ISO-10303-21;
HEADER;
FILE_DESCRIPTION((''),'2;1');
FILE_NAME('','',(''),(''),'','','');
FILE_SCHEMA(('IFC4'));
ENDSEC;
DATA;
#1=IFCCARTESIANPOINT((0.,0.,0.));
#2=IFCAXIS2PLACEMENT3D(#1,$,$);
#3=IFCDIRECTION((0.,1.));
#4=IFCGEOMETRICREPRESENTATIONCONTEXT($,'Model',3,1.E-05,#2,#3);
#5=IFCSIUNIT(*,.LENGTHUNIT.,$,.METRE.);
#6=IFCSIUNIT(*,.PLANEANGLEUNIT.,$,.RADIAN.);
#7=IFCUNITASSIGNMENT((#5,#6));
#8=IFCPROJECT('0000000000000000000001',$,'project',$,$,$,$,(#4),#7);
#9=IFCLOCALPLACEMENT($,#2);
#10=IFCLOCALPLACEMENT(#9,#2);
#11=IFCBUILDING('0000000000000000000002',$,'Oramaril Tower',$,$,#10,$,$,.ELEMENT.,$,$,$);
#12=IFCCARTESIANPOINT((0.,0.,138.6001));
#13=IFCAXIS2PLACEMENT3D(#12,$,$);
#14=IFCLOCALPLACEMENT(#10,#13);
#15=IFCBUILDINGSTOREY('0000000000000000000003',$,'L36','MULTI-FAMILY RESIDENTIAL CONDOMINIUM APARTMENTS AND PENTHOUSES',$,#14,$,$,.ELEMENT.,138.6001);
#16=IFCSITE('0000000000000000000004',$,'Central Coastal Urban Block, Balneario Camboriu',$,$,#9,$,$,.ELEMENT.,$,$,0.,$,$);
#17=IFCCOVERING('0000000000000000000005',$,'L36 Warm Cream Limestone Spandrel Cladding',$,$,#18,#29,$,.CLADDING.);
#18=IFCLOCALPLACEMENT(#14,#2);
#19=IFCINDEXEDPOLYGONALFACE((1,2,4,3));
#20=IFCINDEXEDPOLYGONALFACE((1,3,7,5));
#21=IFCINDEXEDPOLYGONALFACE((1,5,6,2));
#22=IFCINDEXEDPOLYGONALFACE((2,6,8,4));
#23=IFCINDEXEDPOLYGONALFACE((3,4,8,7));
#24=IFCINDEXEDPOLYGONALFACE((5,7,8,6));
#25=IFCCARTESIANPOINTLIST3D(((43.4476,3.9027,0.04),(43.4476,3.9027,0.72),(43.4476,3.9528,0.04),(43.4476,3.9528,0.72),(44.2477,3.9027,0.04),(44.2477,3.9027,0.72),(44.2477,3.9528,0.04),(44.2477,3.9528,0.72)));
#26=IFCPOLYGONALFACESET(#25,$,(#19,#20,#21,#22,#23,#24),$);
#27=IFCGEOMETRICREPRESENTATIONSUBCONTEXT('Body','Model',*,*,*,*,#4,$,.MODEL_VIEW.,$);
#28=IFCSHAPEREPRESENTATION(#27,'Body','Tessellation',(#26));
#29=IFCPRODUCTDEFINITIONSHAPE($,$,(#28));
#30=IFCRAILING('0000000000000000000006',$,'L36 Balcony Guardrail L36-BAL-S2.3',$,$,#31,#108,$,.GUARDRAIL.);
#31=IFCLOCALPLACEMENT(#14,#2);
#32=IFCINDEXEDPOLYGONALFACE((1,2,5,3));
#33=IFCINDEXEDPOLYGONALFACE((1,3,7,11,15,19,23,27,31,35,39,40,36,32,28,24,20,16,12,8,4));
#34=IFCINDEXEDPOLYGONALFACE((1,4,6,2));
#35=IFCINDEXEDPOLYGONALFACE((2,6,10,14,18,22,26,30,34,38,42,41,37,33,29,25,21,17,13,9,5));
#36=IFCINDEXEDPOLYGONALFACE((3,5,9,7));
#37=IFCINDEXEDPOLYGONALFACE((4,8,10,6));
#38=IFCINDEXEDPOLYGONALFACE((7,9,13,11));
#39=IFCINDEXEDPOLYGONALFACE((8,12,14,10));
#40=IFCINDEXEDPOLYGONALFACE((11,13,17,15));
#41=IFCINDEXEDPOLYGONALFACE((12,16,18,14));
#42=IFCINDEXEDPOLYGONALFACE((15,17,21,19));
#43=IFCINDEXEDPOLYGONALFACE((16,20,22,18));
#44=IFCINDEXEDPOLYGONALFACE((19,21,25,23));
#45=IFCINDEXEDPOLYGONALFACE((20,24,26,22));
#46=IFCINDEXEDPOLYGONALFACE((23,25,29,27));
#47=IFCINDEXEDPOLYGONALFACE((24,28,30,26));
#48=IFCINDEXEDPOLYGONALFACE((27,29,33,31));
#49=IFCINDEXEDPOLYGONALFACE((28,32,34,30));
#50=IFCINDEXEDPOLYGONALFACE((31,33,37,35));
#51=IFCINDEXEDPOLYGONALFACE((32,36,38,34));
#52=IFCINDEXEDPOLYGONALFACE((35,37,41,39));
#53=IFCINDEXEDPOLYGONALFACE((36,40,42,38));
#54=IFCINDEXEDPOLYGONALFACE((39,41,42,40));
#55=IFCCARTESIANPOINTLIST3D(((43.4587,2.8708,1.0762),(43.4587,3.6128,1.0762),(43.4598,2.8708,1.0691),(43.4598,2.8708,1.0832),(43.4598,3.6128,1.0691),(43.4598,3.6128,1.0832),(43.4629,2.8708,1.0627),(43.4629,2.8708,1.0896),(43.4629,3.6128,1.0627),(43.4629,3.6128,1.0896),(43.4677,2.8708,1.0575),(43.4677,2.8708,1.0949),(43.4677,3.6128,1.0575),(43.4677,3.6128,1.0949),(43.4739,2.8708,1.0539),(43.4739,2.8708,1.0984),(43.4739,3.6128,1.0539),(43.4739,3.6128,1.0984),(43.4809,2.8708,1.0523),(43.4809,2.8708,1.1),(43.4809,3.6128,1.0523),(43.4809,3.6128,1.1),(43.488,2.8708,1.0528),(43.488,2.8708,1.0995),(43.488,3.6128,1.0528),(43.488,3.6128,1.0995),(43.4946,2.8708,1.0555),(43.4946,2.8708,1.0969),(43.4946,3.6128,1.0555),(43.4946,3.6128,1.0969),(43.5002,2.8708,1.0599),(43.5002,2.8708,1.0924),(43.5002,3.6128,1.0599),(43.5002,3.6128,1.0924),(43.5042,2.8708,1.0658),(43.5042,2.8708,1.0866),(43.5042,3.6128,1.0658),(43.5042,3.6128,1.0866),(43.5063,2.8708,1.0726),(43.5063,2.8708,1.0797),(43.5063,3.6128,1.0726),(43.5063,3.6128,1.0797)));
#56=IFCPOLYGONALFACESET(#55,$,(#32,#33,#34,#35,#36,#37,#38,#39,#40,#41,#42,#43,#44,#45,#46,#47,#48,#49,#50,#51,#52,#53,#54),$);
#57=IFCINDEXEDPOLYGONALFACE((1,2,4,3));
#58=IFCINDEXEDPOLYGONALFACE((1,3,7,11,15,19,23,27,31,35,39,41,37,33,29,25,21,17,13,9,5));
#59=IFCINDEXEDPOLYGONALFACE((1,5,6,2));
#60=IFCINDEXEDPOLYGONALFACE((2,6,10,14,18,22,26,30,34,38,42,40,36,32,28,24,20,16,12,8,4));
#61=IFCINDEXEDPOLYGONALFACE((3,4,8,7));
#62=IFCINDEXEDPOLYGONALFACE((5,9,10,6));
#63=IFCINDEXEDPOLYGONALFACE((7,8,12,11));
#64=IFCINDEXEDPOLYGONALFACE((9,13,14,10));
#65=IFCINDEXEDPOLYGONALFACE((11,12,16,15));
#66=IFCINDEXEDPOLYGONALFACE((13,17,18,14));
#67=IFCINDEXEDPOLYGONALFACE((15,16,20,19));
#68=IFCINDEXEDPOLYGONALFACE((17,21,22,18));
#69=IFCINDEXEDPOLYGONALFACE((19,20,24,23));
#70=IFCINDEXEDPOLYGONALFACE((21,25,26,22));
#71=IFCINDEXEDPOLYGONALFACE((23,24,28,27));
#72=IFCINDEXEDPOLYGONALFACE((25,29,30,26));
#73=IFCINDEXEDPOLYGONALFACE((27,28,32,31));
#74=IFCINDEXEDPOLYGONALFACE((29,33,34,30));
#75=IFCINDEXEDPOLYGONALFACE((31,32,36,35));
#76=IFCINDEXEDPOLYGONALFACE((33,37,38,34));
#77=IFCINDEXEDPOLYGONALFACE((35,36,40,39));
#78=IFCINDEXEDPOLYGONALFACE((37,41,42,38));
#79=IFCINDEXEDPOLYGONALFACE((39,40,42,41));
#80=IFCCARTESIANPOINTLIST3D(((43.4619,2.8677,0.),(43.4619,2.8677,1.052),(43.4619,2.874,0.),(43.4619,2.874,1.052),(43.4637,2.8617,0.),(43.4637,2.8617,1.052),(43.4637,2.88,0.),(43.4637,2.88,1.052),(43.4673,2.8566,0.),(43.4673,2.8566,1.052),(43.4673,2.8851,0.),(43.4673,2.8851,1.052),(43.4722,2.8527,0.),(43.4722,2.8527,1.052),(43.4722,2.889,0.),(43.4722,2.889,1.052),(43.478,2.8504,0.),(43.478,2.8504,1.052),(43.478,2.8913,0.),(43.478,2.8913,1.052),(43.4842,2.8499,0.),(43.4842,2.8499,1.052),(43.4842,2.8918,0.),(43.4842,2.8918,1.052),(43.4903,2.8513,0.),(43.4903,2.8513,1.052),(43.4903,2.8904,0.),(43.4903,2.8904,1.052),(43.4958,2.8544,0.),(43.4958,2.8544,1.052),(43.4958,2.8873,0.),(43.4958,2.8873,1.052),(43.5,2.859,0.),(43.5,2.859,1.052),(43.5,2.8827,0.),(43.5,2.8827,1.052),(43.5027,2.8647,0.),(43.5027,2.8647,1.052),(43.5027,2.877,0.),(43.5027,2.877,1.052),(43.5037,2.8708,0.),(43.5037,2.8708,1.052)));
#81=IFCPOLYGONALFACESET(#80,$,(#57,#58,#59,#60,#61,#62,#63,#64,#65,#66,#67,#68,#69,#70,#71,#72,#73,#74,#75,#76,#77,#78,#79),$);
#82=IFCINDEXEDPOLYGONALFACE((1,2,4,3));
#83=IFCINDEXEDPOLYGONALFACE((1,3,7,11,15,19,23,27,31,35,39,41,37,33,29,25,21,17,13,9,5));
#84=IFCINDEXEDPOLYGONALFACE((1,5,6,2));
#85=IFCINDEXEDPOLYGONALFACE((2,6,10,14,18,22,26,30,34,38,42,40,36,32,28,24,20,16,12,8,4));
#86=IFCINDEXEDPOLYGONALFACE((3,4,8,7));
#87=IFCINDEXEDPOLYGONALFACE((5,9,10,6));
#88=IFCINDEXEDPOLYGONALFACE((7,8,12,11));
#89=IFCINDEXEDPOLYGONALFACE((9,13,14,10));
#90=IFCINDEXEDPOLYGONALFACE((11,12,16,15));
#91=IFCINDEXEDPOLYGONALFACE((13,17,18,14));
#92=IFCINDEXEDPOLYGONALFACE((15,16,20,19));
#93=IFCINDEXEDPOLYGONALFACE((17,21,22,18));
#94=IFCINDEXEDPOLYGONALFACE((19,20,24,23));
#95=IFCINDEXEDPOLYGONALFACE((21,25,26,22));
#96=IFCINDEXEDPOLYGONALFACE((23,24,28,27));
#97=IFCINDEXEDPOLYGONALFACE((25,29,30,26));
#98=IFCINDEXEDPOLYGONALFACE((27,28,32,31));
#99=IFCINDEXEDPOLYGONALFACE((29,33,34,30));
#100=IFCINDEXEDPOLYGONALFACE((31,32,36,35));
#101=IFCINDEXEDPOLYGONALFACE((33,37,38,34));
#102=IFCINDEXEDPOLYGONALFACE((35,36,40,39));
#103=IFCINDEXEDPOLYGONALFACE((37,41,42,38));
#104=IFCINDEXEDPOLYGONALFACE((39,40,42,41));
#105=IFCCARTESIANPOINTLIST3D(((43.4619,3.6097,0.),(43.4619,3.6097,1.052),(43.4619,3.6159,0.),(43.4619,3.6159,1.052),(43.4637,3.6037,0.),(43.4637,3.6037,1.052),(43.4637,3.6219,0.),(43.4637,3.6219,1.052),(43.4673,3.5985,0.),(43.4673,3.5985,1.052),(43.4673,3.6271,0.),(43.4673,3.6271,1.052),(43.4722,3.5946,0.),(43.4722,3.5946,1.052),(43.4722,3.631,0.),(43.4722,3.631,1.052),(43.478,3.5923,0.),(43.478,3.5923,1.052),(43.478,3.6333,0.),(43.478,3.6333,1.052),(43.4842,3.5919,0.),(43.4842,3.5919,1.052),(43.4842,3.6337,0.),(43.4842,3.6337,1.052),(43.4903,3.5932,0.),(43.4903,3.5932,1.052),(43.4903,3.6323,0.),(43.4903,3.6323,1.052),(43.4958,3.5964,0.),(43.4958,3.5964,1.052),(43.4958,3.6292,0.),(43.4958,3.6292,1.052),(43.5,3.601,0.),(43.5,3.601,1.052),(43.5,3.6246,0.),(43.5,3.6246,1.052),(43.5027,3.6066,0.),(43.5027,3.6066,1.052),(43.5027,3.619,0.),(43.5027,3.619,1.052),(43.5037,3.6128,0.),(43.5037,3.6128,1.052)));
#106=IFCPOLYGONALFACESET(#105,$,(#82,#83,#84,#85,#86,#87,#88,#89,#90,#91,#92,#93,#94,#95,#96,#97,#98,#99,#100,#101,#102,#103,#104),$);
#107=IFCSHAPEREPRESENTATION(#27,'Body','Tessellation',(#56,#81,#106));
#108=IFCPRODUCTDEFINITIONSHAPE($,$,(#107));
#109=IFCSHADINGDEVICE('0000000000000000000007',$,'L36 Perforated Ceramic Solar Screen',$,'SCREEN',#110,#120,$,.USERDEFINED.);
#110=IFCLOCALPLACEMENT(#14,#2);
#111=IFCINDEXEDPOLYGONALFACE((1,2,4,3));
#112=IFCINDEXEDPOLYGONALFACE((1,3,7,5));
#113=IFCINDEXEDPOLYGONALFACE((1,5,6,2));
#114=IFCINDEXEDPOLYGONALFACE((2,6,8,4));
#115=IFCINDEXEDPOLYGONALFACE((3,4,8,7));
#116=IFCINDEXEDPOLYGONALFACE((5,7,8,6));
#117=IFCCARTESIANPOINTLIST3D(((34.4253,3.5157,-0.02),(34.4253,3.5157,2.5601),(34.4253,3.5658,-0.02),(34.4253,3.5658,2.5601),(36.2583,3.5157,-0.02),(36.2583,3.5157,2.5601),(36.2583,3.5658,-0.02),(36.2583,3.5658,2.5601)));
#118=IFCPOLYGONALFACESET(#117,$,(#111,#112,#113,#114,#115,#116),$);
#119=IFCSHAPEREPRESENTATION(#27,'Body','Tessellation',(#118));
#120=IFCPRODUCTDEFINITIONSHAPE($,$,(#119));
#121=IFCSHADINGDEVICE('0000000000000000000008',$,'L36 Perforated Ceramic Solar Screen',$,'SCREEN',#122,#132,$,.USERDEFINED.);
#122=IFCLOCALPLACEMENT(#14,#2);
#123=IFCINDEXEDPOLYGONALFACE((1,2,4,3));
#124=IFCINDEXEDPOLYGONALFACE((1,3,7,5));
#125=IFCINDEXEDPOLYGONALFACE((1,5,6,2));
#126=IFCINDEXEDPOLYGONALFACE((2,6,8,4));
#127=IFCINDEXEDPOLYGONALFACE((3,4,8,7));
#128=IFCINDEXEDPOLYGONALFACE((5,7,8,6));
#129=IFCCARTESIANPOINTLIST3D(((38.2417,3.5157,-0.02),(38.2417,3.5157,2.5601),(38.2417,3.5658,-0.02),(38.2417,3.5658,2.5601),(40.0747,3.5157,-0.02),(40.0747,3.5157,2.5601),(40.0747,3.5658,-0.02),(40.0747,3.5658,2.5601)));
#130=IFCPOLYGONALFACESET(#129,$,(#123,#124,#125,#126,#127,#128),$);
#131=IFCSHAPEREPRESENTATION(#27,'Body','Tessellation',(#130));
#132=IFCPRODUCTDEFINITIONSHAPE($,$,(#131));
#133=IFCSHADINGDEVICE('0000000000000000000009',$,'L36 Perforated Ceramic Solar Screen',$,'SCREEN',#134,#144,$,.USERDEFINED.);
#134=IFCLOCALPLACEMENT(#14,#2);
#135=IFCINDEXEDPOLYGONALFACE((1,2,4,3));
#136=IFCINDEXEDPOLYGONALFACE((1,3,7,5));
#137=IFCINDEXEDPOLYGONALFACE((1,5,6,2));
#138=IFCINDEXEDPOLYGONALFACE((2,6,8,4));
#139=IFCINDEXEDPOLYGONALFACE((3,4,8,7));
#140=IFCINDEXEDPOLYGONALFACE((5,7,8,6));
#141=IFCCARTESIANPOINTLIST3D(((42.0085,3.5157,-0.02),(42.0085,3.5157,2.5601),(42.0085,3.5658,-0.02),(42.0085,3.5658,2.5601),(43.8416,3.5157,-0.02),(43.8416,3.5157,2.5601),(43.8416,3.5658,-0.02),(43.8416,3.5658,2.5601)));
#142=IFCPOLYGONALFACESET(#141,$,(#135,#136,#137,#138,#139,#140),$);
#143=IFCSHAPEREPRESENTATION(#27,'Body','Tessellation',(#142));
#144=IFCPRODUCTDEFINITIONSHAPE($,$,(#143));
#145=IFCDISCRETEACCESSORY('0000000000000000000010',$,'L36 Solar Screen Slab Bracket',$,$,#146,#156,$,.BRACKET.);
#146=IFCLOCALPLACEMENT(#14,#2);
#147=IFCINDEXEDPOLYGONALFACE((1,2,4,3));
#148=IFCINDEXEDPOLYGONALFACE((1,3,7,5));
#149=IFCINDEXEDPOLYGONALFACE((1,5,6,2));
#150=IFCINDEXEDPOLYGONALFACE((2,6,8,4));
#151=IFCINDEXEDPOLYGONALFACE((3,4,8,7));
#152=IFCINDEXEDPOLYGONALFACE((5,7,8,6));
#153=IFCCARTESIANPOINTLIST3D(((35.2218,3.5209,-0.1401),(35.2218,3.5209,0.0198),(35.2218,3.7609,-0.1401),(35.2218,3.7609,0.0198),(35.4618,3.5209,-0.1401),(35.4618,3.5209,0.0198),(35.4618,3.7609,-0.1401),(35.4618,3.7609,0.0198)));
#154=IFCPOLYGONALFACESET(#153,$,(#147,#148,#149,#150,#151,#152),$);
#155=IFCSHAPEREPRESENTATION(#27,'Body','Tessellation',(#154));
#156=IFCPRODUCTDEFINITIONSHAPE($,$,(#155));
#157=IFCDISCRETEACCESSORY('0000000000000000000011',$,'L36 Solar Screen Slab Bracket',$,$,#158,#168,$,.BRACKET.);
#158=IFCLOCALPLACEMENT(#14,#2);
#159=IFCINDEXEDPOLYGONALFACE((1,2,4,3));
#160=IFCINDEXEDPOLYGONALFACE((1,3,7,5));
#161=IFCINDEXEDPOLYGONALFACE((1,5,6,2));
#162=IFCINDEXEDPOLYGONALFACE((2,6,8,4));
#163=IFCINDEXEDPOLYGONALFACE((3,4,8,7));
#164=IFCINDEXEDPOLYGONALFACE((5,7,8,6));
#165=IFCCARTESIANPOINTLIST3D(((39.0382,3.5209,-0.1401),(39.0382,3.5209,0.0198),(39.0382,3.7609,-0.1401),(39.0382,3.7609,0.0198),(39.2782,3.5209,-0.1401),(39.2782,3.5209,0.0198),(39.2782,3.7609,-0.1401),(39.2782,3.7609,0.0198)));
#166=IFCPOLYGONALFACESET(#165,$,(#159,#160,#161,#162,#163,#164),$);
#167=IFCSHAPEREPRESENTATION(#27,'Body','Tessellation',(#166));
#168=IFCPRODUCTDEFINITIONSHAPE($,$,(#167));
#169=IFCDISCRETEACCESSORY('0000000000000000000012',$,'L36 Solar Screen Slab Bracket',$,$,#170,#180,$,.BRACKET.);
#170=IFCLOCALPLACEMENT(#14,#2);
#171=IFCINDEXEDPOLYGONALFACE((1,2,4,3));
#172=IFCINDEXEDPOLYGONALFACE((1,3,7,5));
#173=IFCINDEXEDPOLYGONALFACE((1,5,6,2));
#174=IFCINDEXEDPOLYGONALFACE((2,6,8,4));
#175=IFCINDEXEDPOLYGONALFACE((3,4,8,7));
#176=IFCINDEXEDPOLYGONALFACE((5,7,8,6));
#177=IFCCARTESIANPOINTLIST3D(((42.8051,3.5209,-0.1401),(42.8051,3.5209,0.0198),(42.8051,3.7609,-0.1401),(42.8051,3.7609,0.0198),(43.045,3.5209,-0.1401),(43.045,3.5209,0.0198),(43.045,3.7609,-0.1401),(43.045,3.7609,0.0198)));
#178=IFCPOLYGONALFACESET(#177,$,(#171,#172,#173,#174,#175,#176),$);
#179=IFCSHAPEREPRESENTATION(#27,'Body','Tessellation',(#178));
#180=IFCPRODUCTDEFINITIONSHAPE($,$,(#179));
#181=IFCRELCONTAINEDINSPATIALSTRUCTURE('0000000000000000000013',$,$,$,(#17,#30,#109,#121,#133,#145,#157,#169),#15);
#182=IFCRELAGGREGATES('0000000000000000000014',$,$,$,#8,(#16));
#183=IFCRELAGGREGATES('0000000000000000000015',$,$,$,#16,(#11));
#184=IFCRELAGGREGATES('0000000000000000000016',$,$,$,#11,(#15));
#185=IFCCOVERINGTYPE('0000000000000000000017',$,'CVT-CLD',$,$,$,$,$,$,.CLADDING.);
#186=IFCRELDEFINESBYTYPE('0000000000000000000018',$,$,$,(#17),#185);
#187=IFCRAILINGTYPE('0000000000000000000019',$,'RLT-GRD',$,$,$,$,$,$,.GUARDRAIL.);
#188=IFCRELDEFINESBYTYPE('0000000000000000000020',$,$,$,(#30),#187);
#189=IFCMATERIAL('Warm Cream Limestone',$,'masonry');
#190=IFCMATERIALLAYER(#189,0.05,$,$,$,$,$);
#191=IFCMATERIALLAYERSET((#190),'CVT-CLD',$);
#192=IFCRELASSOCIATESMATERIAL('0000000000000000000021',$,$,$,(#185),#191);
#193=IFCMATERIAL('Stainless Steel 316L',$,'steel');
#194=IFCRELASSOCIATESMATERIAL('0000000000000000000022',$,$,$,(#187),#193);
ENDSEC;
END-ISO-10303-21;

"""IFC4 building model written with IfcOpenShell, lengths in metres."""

from ifc_helpers import new_model, si_unit, direction, frame, origin, origin_2d, place, context, subcontext, project, spatial, rectangle, circle, extrude, material, layer, layer_set, type_object, element, save


model = new_model("IFC4")

# Units and contexts
model_context = context("Model", 3, precision=1e-05, world=origin(), true_north=direction((0.0, 1.0)))
body_context = subcontext(model_context, "Body", "Model", "MODEL_VIEW")
ifc_project = project(units=[si_unit("LENGTHUNIT", "METRE"), si_unit("PLANEANGLEUNIT", "RADIAN")], contexts=[model_context])

# Site, building, storey
site_placement = place(None, origin())
site = spatial("IfcSite", under=ifc_project, at=site_placement, Name="Central Coastal Urban Block, Balneario Camboriu", CompositionType="ELEMENT", RefElevation=0.0)
building_placement = place(site_placement, origin())
building = spatial("IfcBuilding", under=site, at=building_placement, Name="Oramaril Tower", CompositionType="ELEMENT")
storey_placement = place(building_placement, frame((0.0, 0.0, 138.6001)))
storey = spatial("IfcBuildingStorey", under=building, at=storey_placement, Name="L36", Description="MULTI-FAMILY RESIDENTIAL CONDOMINIUM APARTMENTS AND PENTHOUSES", CompositionType="ELEMENT", Elevation=138.6001)

# Covering
ifc_material_1 = material(Name="Warm Cream Limestone", Category="masonry")
ifc_layer_1 = layer(ifc_material_1, 0.05)
ifc_layer_set_1 = layer_set([ifc_layer_1], Name="CVT-CLD")
covering_type = type_object("IfcCoveringType", Name="CVT-CLD", PredefinedType="CLADDING", material=ifc_layer_set_1)
covering_placement = place(storey_placement, frame((43.8477, 3.9277, 0.04), z_axis=(0.0, 0.0, 1.0), x_axis=(1.0, 0.0, 0.0)))
element("IfcCovering", 1, at=covering_placement, inside=storey, type_object=covering_type, Name="L36 Warm Cream Limestone Spandrel Cladding", PredefinedType="CLADDING", context=body_context, shape_type="SweptSolid", body=[
    extrude(rectangle(XDim=0.8, YDim=0.05, at=origin_2d()), origin(), (0.0, 0.0, 1.0), 0.6799),
])

# Railing
ifc_material_2 = material(Name="Stainless Steel 316L", Category="steel")
railing_type = type_object("IfcRailingType", Name="RLT-GRD", PredefinedType="GUARDRAIL", material=ifc_material_2)
railing_placement = place(storey_placement, frame((43.4827, 2.8708, 0.0)))
element("IfcRailing", 2, at=railing_placement, inside=storey, type_object=railing_type, Name="L36 Balcony Guardrail L36-BAL-S2.3", PredefinedType="GUARDRAIL", context=body_context, shape_type="SweptSolid", body=[
    extrude(circle(Radius=0.0239, at=origin_2d()), frame((0.0, 0.0, 1.0762), z_axis=(0.0, 1.0, 0.0), x_axis=(-1.0, 0.0, 0.0)), (0.0, 0.0, 1.0), 0.7419),
    extrude(circle(Radius=0.021, at=origin_2d()), origin(), (0.0, 0.0, 1.0), 1.052),
    extrude(circle(Radius=0.021, at=origin_2d()), frame((0.0, 0.7419, 0.0)), (0.0, 0.0, 1.0), 1.052),
])

# Shading devices
for number, where, z_axis, x_axis, name in (
    (3, (35.3418, 3.5408, -0.02), (0.0, 0.0, 1.0), (1.0, 0.0, 0.0), "L36 Perforated Ceramic Solar Screen"),
    (4, (39.1582, 3.5408, -0.02), (0.0, 0.0, 1.0), (1.0, 0.0, 0.0), "L36 Perforated Ceramic Solar Screen"),
    (5, (42.925, 3.5408, -0.02), (0.0, 0.0, 1.0), (1.0, 0.0, 0.0), "L36 Perforated Ceramic Solar Screen"),
):
    element("IfcShadingDevice", number, at=place(storey_placement, frame(where, z_axis=z_axis, x_axis=x_axis)), inside=storey, Name=name, ObjectType="SCREEN", PredefinedType="USERDEFINED", context=body_context, shape_type="SweptSolid", body=[
        extrude(rectangle(XDim=1.833, YDim=0.05, at=origin_2d()), origin(), (0.0, 0.0, 1.0), 2.5801),
    ])

# Discrete accessories
for number, where, z_axis, x_axis, name in (
    (6, (35.3418, 3.6409, -0.1401), (0.0, 0.0, 1.0), (1.0, 0.0, 0.0), "L36 Solar Screen Slab Bracket"),
    (7, (39.1582, 3.6409, -0.1401), (0.0, 0.0, 1.0), (1.0, 0.0, 0.0), "L36 Solar Screen Slab Bracket"),
    (8, (42.925, 3.6409, -0.1401), (0.0, 0.0, 1.0), (1.0, 0.0, 0.0), "L36 Solar Screen Slab Bracket"),
):
    element("IfcDiscreteAccessory", number, at=place(storey_placement, frame(where, z_axis=z_axis, x_axis=x_axis)), inside=storey, Name=name, PredefinedType="BRACKET", context=body_context, shape_type="SweptSolid", body=[
        extrude(rectangle(XDim=0.24, YDim=0.24, at=origin_2d()), origin(), (0.0, 0.0, 1.0), 0.1599),
    ])

save(model, "model.ifc")
